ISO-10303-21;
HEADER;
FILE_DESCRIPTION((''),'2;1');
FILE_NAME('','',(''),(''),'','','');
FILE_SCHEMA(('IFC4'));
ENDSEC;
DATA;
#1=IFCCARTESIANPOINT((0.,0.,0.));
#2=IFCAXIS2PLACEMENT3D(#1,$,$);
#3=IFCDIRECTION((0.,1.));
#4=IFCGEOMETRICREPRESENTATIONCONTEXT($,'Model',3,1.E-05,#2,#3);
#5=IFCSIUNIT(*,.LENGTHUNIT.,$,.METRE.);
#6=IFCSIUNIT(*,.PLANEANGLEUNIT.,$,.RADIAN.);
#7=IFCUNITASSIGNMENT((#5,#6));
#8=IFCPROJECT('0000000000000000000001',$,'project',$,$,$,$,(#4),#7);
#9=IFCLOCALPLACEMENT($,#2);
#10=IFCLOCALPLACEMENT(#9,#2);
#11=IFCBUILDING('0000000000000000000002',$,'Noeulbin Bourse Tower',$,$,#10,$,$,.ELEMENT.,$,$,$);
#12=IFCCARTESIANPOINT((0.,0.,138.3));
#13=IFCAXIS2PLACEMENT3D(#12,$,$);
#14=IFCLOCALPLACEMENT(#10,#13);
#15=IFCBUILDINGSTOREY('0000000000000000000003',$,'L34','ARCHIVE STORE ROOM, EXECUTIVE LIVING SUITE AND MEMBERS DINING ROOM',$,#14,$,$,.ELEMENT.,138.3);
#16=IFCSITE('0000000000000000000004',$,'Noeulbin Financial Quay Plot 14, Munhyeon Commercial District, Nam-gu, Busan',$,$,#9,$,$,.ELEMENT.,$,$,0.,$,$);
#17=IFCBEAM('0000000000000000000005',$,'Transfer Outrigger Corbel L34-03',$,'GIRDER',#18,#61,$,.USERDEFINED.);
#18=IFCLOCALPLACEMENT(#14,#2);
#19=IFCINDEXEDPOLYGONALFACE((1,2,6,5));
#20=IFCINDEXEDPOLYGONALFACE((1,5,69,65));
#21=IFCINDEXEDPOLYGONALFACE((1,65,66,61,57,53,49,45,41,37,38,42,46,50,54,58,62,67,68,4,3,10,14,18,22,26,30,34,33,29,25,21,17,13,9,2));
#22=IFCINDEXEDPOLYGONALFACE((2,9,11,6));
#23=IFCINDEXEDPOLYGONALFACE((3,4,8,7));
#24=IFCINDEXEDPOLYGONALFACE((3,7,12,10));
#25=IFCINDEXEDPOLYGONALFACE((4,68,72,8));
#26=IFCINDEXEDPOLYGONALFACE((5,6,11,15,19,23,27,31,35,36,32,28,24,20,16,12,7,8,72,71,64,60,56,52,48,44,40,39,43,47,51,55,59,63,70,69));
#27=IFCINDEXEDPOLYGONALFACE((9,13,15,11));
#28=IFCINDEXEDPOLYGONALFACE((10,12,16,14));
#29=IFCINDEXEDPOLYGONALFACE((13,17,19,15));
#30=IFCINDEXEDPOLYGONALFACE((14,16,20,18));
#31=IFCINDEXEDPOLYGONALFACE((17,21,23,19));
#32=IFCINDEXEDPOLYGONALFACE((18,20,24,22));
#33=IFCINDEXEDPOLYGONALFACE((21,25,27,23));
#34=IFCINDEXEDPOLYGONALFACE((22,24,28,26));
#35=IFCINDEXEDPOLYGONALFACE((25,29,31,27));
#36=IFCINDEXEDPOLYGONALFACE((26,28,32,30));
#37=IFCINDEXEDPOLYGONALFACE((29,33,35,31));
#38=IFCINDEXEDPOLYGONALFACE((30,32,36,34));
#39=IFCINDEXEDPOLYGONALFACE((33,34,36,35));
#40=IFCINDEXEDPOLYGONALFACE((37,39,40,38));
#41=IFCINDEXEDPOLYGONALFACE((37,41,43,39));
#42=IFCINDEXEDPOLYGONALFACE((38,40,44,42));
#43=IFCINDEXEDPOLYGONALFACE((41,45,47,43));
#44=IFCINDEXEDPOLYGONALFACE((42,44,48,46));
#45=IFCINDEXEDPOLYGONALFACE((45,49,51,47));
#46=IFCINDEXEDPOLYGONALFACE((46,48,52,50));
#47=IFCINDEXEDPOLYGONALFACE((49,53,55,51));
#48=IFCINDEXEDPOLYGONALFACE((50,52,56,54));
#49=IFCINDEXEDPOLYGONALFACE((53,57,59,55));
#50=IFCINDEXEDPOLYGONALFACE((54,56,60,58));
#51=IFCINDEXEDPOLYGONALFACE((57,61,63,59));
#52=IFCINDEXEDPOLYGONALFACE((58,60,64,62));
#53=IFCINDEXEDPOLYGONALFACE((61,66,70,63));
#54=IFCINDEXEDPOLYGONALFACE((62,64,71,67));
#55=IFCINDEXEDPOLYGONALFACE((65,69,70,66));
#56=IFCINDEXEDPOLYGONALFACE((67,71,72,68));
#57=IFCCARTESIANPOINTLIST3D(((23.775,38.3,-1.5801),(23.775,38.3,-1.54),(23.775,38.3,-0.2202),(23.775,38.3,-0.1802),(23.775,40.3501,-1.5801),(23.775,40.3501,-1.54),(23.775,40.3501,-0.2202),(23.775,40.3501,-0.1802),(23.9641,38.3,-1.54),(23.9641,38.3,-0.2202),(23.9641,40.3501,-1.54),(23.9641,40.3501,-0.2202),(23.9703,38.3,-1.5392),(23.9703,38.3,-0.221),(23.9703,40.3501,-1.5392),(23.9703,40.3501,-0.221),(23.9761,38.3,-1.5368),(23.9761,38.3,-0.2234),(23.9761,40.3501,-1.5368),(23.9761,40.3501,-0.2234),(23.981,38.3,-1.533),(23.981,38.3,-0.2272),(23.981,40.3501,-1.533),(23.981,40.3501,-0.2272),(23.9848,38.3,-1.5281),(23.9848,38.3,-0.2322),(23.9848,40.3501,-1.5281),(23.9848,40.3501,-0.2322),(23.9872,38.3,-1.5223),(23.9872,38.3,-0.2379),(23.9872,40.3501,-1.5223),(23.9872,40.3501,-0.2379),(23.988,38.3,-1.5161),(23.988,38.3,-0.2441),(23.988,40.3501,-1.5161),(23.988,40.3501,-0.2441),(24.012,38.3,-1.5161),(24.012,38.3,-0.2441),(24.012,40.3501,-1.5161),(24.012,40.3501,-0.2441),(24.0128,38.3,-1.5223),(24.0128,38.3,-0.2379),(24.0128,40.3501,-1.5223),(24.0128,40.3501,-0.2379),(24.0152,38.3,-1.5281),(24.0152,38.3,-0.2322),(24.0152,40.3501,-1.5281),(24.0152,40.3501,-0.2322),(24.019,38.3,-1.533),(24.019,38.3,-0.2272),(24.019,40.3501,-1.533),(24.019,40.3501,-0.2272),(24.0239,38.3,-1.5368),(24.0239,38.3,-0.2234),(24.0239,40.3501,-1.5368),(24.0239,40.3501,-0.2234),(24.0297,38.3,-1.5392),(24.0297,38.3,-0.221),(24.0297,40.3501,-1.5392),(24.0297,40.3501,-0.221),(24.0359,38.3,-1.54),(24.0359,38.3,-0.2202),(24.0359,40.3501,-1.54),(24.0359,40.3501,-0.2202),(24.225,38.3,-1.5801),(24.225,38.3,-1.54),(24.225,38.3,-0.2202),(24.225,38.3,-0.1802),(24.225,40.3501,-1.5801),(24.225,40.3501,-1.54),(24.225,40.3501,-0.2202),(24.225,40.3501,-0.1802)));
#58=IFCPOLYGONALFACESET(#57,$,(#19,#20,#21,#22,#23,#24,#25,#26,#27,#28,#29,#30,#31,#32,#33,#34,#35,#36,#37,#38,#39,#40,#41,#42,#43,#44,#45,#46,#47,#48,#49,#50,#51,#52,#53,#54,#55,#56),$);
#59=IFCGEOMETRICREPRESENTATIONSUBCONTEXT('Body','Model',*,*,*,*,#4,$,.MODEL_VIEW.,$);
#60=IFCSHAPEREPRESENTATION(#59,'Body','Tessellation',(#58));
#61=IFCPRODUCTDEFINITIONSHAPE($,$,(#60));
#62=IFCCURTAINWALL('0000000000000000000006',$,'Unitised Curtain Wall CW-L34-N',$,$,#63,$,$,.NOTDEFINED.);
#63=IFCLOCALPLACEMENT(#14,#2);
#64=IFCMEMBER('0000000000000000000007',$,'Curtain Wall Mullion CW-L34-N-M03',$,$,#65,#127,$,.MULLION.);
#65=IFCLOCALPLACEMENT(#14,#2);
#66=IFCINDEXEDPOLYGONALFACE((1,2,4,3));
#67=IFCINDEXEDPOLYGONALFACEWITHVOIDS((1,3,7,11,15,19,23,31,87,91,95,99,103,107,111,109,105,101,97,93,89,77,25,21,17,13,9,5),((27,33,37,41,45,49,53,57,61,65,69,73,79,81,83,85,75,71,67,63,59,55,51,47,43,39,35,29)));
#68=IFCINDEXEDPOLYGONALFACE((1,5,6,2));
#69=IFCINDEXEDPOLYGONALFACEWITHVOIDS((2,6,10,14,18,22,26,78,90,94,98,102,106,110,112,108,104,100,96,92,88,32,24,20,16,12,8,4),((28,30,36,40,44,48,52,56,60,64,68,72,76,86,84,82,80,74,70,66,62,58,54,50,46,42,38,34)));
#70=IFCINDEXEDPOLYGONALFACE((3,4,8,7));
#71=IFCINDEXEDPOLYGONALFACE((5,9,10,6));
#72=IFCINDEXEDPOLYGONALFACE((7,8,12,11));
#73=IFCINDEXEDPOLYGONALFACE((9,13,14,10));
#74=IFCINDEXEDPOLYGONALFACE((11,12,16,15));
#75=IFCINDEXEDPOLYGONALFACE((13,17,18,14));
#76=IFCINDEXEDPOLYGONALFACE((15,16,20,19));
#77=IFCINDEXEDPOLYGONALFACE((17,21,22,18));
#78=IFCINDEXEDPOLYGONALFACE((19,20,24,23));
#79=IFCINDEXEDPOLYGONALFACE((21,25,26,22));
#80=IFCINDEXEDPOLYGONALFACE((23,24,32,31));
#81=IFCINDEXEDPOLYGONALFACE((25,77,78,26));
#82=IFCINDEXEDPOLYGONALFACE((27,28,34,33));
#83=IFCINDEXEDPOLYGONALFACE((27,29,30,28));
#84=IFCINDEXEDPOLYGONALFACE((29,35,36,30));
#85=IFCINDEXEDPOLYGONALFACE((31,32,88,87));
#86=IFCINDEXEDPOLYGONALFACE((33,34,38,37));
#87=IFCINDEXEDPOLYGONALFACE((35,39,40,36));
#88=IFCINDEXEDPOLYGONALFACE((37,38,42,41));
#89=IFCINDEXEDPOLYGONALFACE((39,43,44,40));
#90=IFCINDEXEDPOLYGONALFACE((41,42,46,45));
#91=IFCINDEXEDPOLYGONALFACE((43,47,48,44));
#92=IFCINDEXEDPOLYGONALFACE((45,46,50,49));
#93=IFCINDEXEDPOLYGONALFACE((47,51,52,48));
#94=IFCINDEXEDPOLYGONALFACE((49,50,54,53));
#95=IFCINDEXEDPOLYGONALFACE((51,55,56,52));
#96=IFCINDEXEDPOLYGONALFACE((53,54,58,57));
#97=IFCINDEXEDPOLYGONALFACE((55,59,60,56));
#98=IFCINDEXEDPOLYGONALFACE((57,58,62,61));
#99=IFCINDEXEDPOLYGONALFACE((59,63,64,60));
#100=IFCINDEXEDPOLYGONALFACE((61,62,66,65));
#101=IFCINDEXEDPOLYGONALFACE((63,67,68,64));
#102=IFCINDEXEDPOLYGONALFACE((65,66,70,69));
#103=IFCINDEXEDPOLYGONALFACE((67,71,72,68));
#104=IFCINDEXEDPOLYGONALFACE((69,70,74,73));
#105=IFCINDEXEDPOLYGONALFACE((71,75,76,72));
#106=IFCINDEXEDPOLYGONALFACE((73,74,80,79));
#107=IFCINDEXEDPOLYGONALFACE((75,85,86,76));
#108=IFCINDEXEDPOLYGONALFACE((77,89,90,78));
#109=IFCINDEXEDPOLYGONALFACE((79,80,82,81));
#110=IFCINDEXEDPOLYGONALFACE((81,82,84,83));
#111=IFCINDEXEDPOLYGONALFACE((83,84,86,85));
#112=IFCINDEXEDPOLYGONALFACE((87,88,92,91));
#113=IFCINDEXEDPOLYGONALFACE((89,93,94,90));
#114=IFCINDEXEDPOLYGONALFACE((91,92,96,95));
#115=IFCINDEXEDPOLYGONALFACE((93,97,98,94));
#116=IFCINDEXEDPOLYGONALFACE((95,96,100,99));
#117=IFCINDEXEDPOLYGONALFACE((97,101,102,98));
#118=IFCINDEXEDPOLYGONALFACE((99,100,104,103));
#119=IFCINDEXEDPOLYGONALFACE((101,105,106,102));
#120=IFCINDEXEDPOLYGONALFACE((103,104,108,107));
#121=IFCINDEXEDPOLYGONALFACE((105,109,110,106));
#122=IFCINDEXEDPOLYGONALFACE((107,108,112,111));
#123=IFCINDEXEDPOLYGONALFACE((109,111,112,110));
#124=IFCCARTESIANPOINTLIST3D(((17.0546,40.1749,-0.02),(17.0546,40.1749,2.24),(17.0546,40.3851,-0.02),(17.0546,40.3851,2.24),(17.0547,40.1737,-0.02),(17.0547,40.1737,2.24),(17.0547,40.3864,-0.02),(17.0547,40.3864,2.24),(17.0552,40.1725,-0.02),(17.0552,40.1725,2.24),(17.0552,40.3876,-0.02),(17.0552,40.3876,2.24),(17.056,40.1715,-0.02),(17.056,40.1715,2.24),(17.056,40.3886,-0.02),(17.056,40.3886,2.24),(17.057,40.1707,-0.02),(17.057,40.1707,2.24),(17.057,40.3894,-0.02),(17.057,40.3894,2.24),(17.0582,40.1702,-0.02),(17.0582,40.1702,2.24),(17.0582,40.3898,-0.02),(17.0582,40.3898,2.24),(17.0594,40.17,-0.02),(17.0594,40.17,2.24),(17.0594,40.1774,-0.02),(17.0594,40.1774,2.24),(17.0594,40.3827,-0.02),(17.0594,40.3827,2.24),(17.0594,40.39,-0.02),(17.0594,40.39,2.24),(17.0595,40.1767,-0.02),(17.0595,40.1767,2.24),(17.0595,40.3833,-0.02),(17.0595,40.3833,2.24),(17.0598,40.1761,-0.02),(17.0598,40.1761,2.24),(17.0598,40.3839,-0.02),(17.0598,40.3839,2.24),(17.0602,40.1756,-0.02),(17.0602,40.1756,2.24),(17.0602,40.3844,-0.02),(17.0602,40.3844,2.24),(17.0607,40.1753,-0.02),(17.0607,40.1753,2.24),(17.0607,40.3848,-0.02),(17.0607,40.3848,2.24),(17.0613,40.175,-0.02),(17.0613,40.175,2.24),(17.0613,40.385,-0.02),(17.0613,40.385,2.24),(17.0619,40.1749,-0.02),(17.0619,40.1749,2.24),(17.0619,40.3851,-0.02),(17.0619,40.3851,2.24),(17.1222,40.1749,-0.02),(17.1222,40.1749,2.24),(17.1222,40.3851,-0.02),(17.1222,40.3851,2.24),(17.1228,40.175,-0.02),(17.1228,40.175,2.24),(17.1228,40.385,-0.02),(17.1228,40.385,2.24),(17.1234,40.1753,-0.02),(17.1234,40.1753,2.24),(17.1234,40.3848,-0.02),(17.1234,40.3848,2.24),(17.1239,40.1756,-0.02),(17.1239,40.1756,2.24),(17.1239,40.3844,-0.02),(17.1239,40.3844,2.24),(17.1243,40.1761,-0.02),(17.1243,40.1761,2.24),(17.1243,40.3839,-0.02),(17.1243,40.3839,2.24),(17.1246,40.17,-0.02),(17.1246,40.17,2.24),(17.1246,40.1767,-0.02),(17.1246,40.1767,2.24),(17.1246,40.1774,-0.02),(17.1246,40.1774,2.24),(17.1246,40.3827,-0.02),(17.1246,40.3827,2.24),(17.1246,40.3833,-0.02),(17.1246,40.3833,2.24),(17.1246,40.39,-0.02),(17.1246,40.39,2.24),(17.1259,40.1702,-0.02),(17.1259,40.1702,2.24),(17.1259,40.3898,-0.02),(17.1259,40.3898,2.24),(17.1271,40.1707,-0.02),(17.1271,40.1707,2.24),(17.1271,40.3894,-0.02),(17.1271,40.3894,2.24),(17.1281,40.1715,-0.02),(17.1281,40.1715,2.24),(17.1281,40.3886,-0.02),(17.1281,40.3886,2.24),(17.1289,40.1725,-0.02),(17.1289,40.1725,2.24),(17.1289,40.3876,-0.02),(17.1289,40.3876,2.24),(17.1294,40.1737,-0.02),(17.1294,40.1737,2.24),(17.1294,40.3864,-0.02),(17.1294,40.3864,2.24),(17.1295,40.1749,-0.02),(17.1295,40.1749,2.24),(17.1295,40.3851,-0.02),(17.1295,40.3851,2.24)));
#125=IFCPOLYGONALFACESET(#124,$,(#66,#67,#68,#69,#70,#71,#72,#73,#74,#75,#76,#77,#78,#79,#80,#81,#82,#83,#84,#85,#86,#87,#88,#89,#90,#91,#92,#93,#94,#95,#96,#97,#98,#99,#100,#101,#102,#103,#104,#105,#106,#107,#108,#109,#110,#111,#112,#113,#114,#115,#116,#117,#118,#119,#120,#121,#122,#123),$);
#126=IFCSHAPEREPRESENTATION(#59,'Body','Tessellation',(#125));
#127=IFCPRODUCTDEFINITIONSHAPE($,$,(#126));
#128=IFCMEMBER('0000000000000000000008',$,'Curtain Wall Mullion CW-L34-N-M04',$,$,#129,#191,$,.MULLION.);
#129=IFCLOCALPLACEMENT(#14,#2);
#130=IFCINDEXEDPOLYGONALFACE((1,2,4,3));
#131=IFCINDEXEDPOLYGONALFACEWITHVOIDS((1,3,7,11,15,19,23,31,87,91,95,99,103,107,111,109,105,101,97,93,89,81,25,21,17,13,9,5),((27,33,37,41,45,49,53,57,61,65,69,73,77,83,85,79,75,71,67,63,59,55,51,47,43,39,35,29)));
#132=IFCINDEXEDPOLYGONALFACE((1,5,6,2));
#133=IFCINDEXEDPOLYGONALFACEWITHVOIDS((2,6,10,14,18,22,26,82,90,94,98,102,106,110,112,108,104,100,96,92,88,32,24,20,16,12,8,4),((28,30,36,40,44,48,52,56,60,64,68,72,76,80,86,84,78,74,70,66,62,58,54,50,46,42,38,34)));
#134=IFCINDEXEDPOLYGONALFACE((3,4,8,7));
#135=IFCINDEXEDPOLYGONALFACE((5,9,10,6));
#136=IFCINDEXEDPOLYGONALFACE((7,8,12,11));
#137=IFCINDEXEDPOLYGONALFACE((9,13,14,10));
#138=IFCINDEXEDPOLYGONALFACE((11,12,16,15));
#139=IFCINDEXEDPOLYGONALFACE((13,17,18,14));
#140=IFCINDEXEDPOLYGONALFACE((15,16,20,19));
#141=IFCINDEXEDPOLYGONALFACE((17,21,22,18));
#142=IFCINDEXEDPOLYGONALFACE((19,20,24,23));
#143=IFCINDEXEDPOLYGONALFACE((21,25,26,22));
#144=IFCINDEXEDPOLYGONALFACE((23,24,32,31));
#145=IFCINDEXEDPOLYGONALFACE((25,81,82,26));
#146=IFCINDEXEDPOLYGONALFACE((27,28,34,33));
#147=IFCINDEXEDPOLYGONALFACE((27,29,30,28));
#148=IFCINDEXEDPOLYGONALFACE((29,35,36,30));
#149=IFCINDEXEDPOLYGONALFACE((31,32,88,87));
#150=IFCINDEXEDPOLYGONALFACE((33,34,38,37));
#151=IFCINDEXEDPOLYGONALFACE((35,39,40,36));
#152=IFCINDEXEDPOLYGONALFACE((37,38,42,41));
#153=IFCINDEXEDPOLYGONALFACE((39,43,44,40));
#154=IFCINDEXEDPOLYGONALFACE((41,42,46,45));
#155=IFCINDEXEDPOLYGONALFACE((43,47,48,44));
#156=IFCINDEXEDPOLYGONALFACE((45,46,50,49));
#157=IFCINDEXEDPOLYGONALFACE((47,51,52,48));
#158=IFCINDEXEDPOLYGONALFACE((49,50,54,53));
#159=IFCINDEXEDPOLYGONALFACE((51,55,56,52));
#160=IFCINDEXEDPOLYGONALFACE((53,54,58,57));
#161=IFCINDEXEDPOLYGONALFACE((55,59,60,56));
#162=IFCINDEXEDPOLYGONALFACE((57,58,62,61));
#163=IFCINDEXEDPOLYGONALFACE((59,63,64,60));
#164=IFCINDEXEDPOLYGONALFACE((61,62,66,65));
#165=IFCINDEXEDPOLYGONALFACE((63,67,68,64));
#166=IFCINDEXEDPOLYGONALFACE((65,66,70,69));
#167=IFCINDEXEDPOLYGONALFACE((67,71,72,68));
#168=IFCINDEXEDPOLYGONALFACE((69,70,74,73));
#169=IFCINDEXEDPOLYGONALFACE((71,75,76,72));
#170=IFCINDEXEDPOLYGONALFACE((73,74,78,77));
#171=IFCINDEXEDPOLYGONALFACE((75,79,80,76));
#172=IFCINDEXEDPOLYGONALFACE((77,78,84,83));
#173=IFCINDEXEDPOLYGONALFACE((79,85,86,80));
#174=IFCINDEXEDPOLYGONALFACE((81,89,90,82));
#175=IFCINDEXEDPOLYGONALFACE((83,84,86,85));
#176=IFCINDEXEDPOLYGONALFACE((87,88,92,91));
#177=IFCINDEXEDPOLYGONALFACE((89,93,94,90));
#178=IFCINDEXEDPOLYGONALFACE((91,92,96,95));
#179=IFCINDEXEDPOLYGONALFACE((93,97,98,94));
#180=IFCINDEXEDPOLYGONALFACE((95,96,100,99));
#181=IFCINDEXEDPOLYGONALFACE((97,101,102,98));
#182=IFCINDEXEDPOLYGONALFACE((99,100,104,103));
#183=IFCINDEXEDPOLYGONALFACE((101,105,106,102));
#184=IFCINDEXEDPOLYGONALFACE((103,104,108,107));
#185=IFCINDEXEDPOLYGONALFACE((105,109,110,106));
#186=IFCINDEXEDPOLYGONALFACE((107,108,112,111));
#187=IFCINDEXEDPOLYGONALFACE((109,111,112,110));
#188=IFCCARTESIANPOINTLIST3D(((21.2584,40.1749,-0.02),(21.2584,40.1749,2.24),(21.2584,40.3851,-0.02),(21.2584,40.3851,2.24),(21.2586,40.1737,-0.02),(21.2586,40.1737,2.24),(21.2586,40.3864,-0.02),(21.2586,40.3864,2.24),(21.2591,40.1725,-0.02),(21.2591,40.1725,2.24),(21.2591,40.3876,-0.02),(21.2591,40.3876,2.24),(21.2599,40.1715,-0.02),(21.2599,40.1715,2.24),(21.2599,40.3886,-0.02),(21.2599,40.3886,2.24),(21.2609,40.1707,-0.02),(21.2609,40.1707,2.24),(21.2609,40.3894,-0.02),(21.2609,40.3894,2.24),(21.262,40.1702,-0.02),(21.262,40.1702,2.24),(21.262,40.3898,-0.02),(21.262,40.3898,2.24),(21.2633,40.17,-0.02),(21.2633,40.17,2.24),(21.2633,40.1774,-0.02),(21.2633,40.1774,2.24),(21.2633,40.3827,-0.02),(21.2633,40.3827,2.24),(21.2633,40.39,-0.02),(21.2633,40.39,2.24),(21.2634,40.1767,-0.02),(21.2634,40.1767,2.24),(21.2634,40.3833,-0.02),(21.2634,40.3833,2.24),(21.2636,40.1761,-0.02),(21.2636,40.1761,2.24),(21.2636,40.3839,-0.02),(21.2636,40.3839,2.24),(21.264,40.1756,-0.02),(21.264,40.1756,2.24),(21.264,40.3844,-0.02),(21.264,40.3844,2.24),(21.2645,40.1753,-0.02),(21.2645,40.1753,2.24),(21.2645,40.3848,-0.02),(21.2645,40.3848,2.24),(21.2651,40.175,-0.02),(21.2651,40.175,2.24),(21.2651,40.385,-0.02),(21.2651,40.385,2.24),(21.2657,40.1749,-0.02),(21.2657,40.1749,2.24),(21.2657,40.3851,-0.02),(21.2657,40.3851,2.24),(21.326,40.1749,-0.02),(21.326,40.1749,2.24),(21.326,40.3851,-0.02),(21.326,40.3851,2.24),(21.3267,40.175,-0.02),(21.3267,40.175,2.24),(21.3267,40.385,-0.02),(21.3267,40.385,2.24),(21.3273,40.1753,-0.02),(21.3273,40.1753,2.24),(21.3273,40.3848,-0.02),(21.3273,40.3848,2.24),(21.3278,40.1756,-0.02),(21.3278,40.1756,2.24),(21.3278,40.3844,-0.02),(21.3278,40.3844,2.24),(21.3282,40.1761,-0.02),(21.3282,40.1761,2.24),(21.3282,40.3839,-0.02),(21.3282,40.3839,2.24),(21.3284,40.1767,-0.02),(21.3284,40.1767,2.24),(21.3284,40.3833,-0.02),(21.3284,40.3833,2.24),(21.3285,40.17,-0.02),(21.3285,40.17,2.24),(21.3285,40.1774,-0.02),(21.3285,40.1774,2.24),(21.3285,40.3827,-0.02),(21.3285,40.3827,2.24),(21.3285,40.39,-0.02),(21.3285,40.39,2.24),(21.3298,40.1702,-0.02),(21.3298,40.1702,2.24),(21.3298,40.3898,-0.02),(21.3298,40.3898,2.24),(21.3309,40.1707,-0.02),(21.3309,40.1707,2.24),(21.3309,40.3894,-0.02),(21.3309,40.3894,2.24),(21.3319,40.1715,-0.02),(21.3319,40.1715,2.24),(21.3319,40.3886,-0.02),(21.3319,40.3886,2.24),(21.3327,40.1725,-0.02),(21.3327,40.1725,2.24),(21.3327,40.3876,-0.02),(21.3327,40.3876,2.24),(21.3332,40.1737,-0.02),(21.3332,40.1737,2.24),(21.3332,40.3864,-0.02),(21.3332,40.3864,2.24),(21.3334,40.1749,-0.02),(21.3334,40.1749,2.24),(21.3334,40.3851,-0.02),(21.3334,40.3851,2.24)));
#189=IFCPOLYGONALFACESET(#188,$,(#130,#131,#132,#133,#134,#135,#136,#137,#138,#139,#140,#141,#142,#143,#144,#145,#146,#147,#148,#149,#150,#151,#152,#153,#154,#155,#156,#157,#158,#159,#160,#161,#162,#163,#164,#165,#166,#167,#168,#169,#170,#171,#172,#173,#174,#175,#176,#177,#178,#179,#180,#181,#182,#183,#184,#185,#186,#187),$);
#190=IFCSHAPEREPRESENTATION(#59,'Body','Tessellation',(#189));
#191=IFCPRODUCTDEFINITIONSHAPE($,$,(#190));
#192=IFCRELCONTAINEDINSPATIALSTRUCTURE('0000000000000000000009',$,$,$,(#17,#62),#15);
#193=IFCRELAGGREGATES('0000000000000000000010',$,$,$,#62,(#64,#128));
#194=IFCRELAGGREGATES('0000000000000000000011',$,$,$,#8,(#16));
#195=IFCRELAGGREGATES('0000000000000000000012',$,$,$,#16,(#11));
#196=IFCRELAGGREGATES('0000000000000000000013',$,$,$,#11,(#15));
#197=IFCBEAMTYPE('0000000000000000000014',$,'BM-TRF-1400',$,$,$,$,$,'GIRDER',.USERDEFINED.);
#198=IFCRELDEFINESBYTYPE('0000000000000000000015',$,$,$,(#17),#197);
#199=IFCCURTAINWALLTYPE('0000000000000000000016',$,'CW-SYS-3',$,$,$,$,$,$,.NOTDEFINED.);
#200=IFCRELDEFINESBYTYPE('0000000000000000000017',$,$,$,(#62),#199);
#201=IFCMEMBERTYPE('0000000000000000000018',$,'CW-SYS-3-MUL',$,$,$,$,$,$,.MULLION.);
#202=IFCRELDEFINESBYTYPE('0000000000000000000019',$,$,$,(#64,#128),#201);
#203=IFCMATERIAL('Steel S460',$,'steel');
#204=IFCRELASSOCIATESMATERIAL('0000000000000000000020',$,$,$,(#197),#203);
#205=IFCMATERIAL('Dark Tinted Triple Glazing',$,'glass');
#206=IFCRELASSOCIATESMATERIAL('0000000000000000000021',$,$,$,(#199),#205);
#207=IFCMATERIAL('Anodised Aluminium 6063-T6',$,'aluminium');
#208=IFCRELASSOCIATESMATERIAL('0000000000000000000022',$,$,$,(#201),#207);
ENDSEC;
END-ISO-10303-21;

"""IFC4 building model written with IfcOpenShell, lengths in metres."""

from ifc_helpers import new_model, si_unit, direction, frame, origin, origin_2d, place, context, subcontext, project, spatial, hollow_rectangle, i_section, extrude, material, material_profile, profile_set, type_object, element, aggregate, save


model = new_model("IFC4")

# Units and contexts
model_context = context("Model", 3, precision=1e-05, world=origin(), true_north=direction((0.0, 1.0)))
body_context = subcontext(model_context, "Body", "Model", "MODEL_VIEW")
ifc_project = project(units=[si_unit("LENGTHUNIT", "METRE"), si_unit("PLANEANGLEUNIT", "RADIAN")], contexts=[model_context])

# Site, building, storey
site_placement = place(None, origin())
site = spatial("IfcSite", under=ifc_project, at=site_placement, Name="Noeulbin Financial Quay Plot 14, Munhyeon Commercial District, Nam-gu, Busan", CompositionType="ELEMENT", RefElevation=0.0)
building_placement = place(site_placement, origin())
building = spatial("IfcBuilding", under=site, at=building_placement, Name="Noeulbin Bourse Tower", CompositionType="ELEMENT")
storey_placement = place(building_placement, frame((0.0, 0.0, 138.3)))
storey = spatial("IfcBuildingStorey", under=building, at=storey_placement, Name="L34", Description="ARCHIVE STORE ROOM, EXECUTIVE LIVING SUITE AND MEMBERS DINING ROOM", CompositionType="ELEMENT", Elevation=138.3)

# Shared definitions
ifc_material_1 = material(Name="Steel S460", Category="steel")

# Beam
ifc_material_profile_1 = material_profile(ifc_material_1, i_section(OverallWidth=0.45, OverallDepth=1.3999, WebThickness=0.0239, FlangeThickness=0.04, FilletRadius=0.0239, at=origin_2d()), Name="PG-1400x450x24x40", Category="LoadBearing")
ifc_profile_set_1 = profile_set([ifc_material_profile_1], Name="Steel S460")
beam_type_1 = type_object("IfcBeamType", Name="BM-TRF-1400", ElementType="GIRDER", PredefinedType="USERDEFINED", material=ifc_profile_set_1)
beam_1_placement = place(storey_placement, frame((24.0, 38.3, -0.8801), z_axis=(0.0, 1.0, 0.0), x_axis=(-1.0, 0.0, 0.0)))
element("IfcBeam", 1, at=beam_1_placement, inside=storey, type_object=beam_type_1, Name="Transfer Outrigger Corbel L34-03", ObjectType="GIRDER", PredefinedType="USERDEFINED", context=body_context, shape_type="SweptSolid", body=[
    extrude(i_section(OverallWidth=0.45, OverallDepth=1.3999, WebThickness=0.0239, FlangeThickness=0.04, FilletRadius=0.0239, at=origin_2d()), origin(), (0.0, 0.0, 1.0), 2.05),
])

# Curtain wall, members
ifc_material_2 = material(Name="Dark Tinted Triple Glazing", Category="glass")
curtain_wall_type = type_object("IfcCurtainWallType", Name="CW-SYS-3", PredefinedType="NOTDEFINED", material=ifc_material_2)
curtain_wall_placement = place(storey_placement, origin())
curtain_wall = element("IfcCurtainWall", 2, at=curtain_wall_placement, inside=storey, type_object=curtain_wall_type, Name="Unitised Curtain Wall CW-L34-N", PredefinedType="NOTDEFINED")
ifc_material_3 = material(Name="Anodised Aluminium 6063-T6", Category="aluminium")
ifc_material_profile_2 = material_profile(ifc_material_3, hollow_rectangle(XDim=0.075, YDim=0.22, WallThickness=0.0049, InnerFilletRadius=0.0024, OuterFilletRadius=0.0049, at=origin_2d()), Name="ALU-MULL-75x220x5", Category="LoadBearing")
ifc_profile_set_2 = profile_set([ifc_material_profile_2], Name="Anodised Aluminium 6063-T6")
member_type = type_object("IfcMemberType", Name="CW-SYS-3-MUL", PredefinedType="MULLION", material=ifc_profile_set_2)
member_1_placement = place(storey_placement, frame((17.092, 40.28, -0.02), z_axis=(0.0, 0.0, 1.0), x_axis=(1.0, 0.0, 0.0)))
member_1 = element("IfcMember", 3, at=member_1_placement, type_object=member_type, Name="Curtain Wall Mullion CW-L34-N-M03", PredefinedType="MULLION", context=body_context, shape_type="SweptSolid", body=[
    extrude(hollow_rectangle(XDim=0.075, YDim=0.22, WallThickness=0.0049, InnerFilletRadius=0.0024, OuterFilletRadius=0.0049, at=origin_2d()), origin(), (0.0, 0.0, 1.0), 2.26),
])
member_2_placement = place(storey_placement, frame((21.2959, 40.28, -0.02), z_axis=(0.0, 0.0, 1.0), x_axis=(1.0, 0.0, 0.0)))
member_2 = element("IfcMember", 4, at=member_2_placement, type_object=member_type, Name="Curtain Wall Mullion CW-L34-N-M04", PredefinedType="MULLION", context=body_context, shape_type="SweptSolid", body=[
    extrude(hollow_rectangle(XDim=0.075, YDim=0.22, WallThickness=0.0049, InnerFilletRadius=0.0024, OuterFilletRadius=0.0049, at=origin_2d()), origin(), (0.0, 0.0, 1.0), 2.26),
])
aggregate(curtain_wall, [member_1, member_2])

save(model, "model.ifc")
